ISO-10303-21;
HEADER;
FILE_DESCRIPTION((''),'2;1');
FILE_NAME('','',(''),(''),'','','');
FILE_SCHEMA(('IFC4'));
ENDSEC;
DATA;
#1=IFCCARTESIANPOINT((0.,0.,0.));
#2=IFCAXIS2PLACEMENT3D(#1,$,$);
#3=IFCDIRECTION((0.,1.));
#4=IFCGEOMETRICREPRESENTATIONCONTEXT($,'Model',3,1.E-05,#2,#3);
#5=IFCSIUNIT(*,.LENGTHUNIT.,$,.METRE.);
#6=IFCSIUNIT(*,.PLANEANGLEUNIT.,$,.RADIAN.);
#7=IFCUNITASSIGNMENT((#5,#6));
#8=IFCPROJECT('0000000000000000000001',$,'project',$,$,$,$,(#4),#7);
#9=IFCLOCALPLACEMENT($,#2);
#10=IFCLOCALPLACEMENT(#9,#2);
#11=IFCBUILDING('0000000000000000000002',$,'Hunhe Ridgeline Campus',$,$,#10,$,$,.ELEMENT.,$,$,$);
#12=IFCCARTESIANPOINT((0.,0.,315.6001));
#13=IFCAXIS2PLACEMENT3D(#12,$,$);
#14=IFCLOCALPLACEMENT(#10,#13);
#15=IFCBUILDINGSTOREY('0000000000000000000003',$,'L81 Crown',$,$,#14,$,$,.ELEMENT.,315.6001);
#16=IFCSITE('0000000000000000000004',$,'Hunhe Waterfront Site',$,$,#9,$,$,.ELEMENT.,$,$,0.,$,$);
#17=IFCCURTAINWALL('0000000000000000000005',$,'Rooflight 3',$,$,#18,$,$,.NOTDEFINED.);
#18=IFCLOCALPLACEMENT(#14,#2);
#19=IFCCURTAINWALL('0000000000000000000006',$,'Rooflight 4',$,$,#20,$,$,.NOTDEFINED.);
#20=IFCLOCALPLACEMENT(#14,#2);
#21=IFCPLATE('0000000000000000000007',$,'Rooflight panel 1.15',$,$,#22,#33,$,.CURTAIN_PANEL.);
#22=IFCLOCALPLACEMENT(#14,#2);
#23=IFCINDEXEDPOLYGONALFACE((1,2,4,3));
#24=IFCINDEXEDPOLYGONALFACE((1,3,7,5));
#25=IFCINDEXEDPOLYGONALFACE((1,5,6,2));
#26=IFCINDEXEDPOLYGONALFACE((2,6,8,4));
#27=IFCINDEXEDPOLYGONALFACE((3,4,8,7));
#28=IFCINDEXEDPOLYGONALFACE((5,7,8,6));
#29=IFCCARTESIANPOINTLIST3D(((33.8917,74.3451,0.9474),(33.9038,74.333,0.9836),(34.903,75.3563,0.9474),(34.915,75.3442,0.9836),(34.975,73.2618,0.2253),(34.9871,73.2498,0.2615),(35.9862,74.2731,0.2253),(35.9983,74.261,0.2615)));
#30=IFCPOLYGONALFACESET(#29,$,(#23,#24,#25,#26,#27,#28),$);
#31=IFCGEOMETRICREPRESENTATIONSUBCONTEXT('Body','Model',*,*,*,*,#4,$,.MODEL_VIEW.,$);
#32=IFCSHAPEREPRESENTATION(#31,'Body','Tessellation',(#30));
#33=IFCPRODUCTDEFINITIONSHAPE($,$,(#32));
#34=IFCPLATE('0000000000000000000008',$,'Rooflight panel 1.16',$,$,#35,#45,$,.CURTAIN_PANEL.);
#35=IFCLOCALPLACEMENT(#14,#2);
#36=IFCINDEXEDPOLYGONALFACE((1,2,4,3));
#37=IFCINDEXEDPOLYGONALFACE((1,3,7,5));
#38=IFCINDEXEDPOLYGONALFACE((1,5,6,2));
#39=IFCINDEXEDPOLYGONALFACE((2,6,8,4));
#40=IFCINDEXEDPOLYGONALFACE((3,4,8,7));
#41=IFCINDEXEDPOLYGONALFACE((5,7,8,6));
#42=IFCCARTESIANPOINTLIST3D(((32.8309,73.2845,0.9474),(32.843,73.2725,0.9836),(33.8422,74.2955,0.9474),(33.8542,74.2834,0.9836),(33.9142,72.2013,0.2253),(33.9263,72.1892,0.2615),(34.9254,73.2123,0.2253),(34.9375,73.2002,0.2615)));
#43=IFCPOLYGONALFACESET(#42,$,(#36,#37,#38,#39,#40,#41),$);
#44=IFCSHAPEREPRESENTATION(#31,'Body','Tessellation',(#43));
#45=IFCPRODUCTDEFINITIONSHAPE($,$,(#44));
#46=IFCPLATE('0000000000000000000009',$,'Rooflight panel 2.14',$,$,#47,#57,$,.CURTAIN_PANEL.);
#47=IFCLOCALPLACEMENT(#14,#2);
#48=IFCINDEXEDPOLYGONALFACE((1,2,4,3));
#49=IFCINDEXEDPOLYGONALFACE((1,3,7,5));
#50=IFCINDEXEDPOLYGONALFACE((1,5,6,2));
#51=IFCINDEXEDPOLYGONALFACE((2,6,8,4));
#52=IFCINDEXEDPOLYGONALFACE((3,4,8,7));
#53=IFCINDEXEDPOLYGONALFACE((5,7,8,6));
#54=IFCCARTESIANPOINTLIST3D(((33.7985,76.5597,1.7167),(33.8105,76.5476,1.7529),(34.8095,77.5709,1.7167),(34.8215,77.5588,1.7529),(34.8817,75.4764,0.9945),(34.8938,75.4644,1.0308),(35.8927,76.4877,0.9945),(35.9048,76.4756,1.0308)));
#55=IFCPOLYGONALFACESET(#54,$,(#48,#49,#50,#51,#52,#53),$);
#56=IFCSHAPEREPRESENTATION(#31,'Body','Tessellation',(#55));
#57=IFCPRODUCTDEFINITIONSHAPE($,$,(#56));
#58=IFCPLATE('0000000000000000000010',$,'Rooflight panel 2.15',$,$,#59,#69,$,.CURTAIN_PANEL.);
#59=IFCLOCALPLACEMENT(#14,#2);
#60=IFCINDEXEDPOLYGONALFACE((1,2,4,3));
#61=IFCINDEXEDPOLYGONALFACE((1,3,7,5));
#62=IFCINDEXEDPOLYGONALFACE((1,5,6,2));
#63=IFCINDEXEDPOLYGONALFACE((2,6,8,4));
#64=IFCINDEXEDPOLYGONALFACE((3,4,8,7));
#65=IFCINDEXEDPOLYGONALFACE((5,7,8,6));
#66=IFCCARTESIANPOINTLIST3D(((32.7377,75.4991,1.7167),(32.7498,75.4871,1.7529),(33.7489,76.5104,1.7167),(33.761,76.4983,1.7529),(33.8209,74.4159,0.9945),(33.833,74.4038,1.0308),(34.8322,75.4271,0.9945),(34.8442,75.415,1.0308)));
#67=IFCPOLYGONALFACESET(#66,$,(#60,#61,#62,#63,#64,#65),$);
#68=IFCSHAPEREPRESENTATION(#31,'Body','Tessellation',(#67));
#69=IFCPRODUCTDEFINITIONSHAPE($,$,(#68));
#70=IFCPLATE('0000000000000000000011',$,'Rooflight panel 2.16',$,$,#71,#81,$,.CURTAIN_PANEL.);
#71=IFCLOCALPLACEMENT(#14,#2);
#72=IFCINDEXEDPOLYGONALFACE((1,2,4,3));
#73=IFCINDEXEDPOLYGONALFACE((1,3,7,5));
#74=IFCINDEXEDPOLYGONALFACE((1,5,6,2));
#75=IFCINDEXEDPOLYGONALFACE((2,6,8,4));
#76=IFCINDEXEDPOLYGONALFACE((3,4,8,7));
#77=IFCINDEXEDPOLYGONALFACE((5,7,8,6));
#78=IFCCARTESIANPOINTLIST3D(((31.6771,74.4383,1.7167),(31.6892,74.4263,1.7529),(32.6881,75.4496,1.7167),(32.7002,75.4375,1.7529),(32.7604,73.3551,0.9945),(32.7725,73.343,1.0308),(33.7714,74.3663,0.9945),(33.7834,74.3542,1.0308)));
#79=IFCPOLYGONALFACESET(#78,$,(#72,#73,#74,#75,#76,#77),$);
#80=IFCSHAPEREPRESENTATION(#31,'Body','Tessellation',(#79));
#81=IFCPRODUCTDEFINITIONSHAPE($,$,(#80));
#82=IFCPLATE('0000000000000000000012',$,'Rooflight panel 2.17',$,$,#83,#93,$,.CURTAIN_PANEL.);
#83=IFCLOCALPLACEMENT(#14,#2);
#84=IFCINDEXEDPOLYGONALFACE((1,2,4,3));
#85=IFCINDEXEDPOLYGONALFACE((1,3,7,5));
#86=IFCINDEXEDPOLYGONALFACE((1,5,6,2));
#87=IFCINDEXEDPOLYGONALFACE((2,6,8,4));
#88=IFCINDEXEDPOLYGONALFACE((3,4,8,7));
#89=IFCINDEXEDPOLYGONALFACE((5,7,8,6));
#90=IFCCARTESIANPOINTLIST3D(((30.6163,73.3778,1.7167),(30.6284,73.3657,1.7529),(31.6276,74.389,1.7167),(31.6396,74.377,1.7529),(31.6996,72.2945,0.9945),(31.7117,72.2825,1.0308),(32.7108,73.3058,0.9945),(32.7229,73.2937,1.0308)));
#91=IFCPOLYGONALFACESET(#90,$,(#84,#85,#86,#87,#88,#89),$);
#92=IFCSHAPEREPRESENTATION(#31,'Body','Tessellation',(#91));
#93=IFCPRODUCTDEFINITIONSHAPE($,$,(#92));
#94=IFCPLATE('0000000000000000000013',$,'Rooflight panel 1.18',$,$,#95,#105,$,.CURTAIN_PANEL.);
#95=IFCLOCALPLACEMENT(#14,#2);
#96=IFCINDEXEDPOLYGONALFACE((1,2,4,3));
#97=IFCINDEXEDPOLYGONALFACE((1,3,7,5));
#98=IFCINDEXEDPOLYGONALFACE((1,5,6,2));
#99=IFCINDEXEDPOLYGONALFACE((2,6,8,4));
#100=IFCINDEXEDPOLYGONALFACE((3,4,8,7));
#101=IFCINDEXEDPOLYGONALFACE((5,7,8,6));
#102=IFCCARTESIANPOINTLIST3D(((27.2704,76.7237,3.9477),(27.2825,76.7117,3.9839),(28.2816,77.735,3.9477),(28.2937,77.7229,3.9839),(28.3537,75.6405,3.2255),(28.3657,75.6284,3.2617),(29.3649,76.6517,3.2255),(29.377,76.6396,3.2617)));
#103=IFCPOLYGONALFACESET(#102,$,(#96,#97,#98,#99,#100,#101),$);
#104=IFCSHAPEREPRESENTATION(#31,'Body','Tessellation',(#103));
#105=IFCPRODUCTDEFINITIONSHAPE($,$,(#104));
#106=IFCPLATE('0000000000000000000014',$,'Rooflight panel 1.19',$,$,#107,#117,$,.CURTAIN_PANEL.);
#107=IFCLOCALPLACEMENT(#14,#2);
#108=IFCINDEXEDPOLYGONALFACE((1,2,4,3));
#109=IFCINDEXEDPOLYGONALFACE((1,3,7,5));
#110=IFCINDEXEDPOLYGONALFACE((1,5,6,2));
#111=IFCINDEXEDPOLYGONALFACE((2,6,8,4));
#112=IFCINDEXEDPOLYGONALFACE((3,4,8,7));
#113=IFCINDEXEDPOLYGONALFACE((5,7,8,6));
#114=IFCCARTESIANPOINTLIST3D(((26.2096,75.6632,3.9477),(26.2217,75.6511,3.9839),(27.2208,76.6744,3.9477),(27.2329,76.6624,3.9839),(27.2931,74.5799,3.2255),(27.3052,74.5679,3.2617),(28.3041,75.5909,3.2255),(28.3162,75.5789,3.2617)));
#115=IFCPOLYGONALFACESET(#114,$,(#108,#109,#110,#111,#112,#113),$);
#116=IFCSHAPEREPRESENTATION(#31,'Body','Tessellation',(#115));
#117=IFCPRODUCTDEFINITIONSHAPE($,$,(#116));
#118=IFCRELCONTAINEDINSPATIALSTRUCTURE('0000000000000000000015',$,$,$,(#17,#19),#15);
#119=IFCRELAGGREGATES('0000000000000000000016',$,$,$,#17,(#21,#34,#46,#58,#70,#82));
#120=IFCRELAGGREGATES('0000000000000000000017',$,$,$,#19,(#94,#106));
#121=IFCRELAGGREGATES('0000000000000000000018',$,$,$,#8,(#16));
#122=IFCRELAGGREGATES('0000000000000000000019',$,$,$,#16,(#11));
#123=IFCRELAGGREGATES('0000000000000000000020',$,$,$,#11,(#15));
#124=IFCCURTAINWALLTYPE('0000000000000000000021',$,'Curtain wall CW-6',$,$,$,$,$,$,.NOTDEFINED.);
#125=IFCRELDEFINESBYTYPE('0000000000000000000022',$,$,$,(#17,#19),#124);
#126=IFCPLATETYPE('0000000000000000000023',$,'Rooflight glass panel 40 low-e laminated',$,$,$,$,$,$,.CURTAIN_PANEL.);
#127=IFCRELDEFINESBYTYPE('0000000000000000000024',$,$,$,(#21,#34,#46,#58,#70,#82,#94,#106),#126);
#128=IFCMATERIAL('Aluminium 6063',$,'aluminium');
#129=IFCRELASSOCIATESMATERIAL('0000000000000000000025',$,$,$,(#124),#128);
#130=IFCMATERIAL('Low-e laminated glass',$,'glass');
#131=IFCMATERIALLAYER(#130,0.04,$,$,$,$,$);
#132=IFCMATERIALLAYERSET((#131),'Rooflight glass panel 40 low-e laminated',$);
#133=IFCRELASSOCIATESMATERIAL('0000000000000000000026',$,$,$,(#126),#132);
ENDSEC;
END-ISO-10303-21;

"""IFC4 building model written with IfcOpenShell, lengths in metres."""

from ifc_helpers import new_model, si_unit, direction, frame, origin, place, context, subcontext, project, spatial, polyline, outline, extrude, material, layer, layer_set, type_object, element, aggregate, save


model = new_model("IFC4")

# Units and contexts
model_context = context("Model", 3, precision=1e-05, world=origin(), true_north=direction((0.0, 1.0)))
body_context = subcontext(model_context, "Body", "Model", "MODEL_VIEW")
ifc_project = project(units=[si_unit("LENGTHUNIT", "METRE"), si_unit("PLANEANGLEUNIT", "RADIAN")], contexts=[model_context])

# Site, building, storey
site_placement = place(None, origin())
site = spatial("IfcSite", under=ifc_project, at=site_placement, Name="Hunhe Waterfront Site", CompositionType="ELEMENT", RefElevation=0.0)
building_placement = place(site_placement, origin())
building = spatial("IfcBuilding", under=site, at=building_placement, Name="Hunhe Ridgeline Campus", CompositionType="ELEMENT")
storey_placement = place(building_placement, frame((0.0, 0.0, 315.6001)))
storey = spatial("IfcBuildingStorey", under=building, at=storey_placement, Name="L81 Crown", CompositionType="ELEMENT", Elevation=315.6001)

# Curtain walls
ifc_material_1 = material(Name="Aluminium 6063", Category="aluminium")
curtain_wall_type = type_object("IfcCurtainWallType", Name="Curtain wall CW-6", PredefinedType="NOTDEFINED", material=ifc_material_1)
curtain_wall_1_placement = place(storey_placement, origin())
curtain_wall_1 = element("IfcCurtainWall", 1, at=curtain_wall_1_placement, inside=storey, type_object=curtain_wall_type, Name="Rooflight 3", PredefinedType="NOTDEFINED")
curtain_wall_2_placement = place(storey_placement, origin())
curtain_wall_2 = element("IfcCurtainWall", 2, at=curtain_wall_2_placement, inside=storey, type_object=curtain_wall_type, Name="Rooflight 4", PredefinedType="NOTDEFINED")

# Plates
ifc_material_2 = material(Name="Low-e laminated glass", Category="glass")
ifc_layer = layer(ifc_material_2, 0.04)
ifc_layer_set = layer_set([ifc_layer], Name="Rooflight glass panel 40 low-e laminated")
plate_type = type_object("IfcPlateType", Name="Rooflight glass panel 40 low-e laminated", PredefinedType="CURTAIN_PANEL", material=ifc_layer_set)
plate_1_placement = place(storey_placement, frame((35.9983, 74.261, 0.2615), z_axis=(0.301511, -0.301511, 0.904534), x_axis=(-0.639602, 0.639602, 0.426401)))
plate_1 = element("IfcPlate", 3, at=plate_1_placement, type_object=plate_type, Name="Rooflight panel 1.15", PredefinedType="CURTAIN_PANEL", context=body_context, shape_type="SweptSolid", body=[
    extrude(outline(polyline([(0.0, 0.0), (1.6936, 0.0), (1.6936, 1.4301), (0.0, 1.4301), (0.0, 0.0)])), origin(), (0.0, 0.0, -1.0), 0.04),
])
plate_2_placement = place(storey_placement, frame((34.9375, 73.2002, 0.2615), z_axis=(0.301475, -0.301548, 0.904534), x_axis=(-0.639602, 0.639602, 0.426401)))
plate_2 = element("IfcPlate", 4, at=plate_2_placement, type_object=plate_type, Name="Rooflight panel 1.16", PredefinedType="CURTAIN_PANEL", context=body_context, shape_type="SweptSolid", body=[
    extrude(outline(polyline([(0.0, 0.0), (1.6936, 0.0), (1.6938, 1.4299), (0.0002, 1.4299), (0.0, 0.0)])), origin(), (0.0, 0.0, -1.0), 0.04),
])
plate_3_placement = place(storey_placement, frame((35.9048, 76.4756, 1.0308), z_axis=(0.301548, -0.301475, 0.904534), x_axis=(-0.639602, 0.639602, 0.426401)))
plate_3 = element("IfcPlate", 5, at=plate_3_placement, type_object=plate_type, Name="Rooflight panel 2.14", PredefinedType="CURTAIN_PANEL", context=body_context, shape_type="SweptSolid", body=[
    extrude(outline(polyline([(0.0, 0.0), (1.6936, 0.0), (1.6935, 1.4299), (-0.0002, 1.4299), (0.0, 0.0)])), origin(), (0.0, 0.0, -1.0), 0.04),
])
plate_4_placement = place(storey_placement, frame((34.8442, 75.415, 1.0308), z_axis=(0.301511, -0.301511, 0.904534), x_axis=(-0.639602, 0.639602, 0.426401)))
plate_4 = element("IfcPlate", 6, at=plate_4_placement, type_object=plate_type, Name="Rooflight panel 2.15", PredefinedType="CURTAIN_PANEL", context=body_context, shape_type="SweptSolid", body=[
    extrude(outline(polyline([(0.0, 0.0), (1.6936, 0.0), (1.6936, 1.4301), (0.0, 1.4301), (0.0, 0.0)])), origin(), (0.0, 0.0, -1.0), 0.04),
])
plate_5_placement = place(storey_placement, frame((33.7834, 74.3542, 1.0308), z_axis=(0.301548, -0.301475, 0.904534), x_axis=(-0.639602, 0.639602, 0.426401)))
plate_5 = element("IfcPlate", 7, at=plate_5_placement, type_object=plate_type, Name="Rooflight panel 2.16", PredefinedType="CURTAIN_PANEL", context=body_context, shape_type="SweptSolid", body=[
    extrude(outline(polyline([(0.0, 0.0), (1.6936, 0.0), (1.6935, 1.4299), (-0.0002, 1.4299), (0.0, 0.0)])), origin(), (0.0, 0.0, -1.0), 0.04),
])
plate_6_placement = place(storey_placement, frame((32.7229, 73.2937, 1.0308), z_axis=(0.301511, -0.301511, 0.904534), x_axis=(-0.639602, 0.639602, 0.426401)))
plate_6 = element("IfcPlate", 8, at=plate_6_placement, type_object=plate_type, Name="Rooflight panel 2.17", PredefinedType="CURTAIN_PANEL", context=body_context, shape_type="SweptSolid", body=[
    extrude(outline(polyline([(0.0, 0.0), (1.6936, 0.0), (1.6936, 1.4301), (0.0, 1.4301), (0.0, 0.0)])), origin(), (0.0, 0.0, -1.0), 0.04),
])
aggregate(curtain_wall_1, [plate_1, plate_2, plate_3, plate_4, plate_5, plate_6])
plate_7_placement = place(storey_placement, frame((29.377, 76.6396, 3.2617), z_axis=(0.301511, -0.301511, 0.904534), x_axis=(-0.639602, 0.639602, 0.426401)))
plate_7 = element("IfcPlate", 9, at=plate_7_placement, type_object=plate_type, Name="Rooflight panel 1.18", PredefinedType="CURTAIN_PANEL", context=body_context, shape_type="SweptSolid", body=[
    extrude(outline(polyline([(0.0, 0.0), (1.6936, 0.0), (1.6936, 1.4301), (0.0, 1.4301), (0.0, 0.0)])), origin(), (0.0, 0.0, -1.0), 0.04),
])
plate_8_placement = place(storey_placement, frame((28.3162, 75.5789, 3.2617), z_axis=(0.301484, -0.301484, 0.904553), x_axis=(-0.639543, 0.639687, 0.426362)))
plate_8 = element("IfcPlate", 10, at=plate_8_placement, type_object=plate_type, Name="Rooflight panel 1.19", PredefinedType="CURTAIN_PANEL", context=body_context, shape_type="SweptSolid", body=[
    extrude(outline(polyline([(0.0, 0.0), (1.6938, 0.0), (1.6936, 1.4301), (-0.0001, 1.4298), (0.0, 0.0)])), origin(), (0.0, 0.0, -1.0), 0.04),
])
aggregate(curtain_wall_2, [plate_7, plate_8])

save(model, "model.ifc")
